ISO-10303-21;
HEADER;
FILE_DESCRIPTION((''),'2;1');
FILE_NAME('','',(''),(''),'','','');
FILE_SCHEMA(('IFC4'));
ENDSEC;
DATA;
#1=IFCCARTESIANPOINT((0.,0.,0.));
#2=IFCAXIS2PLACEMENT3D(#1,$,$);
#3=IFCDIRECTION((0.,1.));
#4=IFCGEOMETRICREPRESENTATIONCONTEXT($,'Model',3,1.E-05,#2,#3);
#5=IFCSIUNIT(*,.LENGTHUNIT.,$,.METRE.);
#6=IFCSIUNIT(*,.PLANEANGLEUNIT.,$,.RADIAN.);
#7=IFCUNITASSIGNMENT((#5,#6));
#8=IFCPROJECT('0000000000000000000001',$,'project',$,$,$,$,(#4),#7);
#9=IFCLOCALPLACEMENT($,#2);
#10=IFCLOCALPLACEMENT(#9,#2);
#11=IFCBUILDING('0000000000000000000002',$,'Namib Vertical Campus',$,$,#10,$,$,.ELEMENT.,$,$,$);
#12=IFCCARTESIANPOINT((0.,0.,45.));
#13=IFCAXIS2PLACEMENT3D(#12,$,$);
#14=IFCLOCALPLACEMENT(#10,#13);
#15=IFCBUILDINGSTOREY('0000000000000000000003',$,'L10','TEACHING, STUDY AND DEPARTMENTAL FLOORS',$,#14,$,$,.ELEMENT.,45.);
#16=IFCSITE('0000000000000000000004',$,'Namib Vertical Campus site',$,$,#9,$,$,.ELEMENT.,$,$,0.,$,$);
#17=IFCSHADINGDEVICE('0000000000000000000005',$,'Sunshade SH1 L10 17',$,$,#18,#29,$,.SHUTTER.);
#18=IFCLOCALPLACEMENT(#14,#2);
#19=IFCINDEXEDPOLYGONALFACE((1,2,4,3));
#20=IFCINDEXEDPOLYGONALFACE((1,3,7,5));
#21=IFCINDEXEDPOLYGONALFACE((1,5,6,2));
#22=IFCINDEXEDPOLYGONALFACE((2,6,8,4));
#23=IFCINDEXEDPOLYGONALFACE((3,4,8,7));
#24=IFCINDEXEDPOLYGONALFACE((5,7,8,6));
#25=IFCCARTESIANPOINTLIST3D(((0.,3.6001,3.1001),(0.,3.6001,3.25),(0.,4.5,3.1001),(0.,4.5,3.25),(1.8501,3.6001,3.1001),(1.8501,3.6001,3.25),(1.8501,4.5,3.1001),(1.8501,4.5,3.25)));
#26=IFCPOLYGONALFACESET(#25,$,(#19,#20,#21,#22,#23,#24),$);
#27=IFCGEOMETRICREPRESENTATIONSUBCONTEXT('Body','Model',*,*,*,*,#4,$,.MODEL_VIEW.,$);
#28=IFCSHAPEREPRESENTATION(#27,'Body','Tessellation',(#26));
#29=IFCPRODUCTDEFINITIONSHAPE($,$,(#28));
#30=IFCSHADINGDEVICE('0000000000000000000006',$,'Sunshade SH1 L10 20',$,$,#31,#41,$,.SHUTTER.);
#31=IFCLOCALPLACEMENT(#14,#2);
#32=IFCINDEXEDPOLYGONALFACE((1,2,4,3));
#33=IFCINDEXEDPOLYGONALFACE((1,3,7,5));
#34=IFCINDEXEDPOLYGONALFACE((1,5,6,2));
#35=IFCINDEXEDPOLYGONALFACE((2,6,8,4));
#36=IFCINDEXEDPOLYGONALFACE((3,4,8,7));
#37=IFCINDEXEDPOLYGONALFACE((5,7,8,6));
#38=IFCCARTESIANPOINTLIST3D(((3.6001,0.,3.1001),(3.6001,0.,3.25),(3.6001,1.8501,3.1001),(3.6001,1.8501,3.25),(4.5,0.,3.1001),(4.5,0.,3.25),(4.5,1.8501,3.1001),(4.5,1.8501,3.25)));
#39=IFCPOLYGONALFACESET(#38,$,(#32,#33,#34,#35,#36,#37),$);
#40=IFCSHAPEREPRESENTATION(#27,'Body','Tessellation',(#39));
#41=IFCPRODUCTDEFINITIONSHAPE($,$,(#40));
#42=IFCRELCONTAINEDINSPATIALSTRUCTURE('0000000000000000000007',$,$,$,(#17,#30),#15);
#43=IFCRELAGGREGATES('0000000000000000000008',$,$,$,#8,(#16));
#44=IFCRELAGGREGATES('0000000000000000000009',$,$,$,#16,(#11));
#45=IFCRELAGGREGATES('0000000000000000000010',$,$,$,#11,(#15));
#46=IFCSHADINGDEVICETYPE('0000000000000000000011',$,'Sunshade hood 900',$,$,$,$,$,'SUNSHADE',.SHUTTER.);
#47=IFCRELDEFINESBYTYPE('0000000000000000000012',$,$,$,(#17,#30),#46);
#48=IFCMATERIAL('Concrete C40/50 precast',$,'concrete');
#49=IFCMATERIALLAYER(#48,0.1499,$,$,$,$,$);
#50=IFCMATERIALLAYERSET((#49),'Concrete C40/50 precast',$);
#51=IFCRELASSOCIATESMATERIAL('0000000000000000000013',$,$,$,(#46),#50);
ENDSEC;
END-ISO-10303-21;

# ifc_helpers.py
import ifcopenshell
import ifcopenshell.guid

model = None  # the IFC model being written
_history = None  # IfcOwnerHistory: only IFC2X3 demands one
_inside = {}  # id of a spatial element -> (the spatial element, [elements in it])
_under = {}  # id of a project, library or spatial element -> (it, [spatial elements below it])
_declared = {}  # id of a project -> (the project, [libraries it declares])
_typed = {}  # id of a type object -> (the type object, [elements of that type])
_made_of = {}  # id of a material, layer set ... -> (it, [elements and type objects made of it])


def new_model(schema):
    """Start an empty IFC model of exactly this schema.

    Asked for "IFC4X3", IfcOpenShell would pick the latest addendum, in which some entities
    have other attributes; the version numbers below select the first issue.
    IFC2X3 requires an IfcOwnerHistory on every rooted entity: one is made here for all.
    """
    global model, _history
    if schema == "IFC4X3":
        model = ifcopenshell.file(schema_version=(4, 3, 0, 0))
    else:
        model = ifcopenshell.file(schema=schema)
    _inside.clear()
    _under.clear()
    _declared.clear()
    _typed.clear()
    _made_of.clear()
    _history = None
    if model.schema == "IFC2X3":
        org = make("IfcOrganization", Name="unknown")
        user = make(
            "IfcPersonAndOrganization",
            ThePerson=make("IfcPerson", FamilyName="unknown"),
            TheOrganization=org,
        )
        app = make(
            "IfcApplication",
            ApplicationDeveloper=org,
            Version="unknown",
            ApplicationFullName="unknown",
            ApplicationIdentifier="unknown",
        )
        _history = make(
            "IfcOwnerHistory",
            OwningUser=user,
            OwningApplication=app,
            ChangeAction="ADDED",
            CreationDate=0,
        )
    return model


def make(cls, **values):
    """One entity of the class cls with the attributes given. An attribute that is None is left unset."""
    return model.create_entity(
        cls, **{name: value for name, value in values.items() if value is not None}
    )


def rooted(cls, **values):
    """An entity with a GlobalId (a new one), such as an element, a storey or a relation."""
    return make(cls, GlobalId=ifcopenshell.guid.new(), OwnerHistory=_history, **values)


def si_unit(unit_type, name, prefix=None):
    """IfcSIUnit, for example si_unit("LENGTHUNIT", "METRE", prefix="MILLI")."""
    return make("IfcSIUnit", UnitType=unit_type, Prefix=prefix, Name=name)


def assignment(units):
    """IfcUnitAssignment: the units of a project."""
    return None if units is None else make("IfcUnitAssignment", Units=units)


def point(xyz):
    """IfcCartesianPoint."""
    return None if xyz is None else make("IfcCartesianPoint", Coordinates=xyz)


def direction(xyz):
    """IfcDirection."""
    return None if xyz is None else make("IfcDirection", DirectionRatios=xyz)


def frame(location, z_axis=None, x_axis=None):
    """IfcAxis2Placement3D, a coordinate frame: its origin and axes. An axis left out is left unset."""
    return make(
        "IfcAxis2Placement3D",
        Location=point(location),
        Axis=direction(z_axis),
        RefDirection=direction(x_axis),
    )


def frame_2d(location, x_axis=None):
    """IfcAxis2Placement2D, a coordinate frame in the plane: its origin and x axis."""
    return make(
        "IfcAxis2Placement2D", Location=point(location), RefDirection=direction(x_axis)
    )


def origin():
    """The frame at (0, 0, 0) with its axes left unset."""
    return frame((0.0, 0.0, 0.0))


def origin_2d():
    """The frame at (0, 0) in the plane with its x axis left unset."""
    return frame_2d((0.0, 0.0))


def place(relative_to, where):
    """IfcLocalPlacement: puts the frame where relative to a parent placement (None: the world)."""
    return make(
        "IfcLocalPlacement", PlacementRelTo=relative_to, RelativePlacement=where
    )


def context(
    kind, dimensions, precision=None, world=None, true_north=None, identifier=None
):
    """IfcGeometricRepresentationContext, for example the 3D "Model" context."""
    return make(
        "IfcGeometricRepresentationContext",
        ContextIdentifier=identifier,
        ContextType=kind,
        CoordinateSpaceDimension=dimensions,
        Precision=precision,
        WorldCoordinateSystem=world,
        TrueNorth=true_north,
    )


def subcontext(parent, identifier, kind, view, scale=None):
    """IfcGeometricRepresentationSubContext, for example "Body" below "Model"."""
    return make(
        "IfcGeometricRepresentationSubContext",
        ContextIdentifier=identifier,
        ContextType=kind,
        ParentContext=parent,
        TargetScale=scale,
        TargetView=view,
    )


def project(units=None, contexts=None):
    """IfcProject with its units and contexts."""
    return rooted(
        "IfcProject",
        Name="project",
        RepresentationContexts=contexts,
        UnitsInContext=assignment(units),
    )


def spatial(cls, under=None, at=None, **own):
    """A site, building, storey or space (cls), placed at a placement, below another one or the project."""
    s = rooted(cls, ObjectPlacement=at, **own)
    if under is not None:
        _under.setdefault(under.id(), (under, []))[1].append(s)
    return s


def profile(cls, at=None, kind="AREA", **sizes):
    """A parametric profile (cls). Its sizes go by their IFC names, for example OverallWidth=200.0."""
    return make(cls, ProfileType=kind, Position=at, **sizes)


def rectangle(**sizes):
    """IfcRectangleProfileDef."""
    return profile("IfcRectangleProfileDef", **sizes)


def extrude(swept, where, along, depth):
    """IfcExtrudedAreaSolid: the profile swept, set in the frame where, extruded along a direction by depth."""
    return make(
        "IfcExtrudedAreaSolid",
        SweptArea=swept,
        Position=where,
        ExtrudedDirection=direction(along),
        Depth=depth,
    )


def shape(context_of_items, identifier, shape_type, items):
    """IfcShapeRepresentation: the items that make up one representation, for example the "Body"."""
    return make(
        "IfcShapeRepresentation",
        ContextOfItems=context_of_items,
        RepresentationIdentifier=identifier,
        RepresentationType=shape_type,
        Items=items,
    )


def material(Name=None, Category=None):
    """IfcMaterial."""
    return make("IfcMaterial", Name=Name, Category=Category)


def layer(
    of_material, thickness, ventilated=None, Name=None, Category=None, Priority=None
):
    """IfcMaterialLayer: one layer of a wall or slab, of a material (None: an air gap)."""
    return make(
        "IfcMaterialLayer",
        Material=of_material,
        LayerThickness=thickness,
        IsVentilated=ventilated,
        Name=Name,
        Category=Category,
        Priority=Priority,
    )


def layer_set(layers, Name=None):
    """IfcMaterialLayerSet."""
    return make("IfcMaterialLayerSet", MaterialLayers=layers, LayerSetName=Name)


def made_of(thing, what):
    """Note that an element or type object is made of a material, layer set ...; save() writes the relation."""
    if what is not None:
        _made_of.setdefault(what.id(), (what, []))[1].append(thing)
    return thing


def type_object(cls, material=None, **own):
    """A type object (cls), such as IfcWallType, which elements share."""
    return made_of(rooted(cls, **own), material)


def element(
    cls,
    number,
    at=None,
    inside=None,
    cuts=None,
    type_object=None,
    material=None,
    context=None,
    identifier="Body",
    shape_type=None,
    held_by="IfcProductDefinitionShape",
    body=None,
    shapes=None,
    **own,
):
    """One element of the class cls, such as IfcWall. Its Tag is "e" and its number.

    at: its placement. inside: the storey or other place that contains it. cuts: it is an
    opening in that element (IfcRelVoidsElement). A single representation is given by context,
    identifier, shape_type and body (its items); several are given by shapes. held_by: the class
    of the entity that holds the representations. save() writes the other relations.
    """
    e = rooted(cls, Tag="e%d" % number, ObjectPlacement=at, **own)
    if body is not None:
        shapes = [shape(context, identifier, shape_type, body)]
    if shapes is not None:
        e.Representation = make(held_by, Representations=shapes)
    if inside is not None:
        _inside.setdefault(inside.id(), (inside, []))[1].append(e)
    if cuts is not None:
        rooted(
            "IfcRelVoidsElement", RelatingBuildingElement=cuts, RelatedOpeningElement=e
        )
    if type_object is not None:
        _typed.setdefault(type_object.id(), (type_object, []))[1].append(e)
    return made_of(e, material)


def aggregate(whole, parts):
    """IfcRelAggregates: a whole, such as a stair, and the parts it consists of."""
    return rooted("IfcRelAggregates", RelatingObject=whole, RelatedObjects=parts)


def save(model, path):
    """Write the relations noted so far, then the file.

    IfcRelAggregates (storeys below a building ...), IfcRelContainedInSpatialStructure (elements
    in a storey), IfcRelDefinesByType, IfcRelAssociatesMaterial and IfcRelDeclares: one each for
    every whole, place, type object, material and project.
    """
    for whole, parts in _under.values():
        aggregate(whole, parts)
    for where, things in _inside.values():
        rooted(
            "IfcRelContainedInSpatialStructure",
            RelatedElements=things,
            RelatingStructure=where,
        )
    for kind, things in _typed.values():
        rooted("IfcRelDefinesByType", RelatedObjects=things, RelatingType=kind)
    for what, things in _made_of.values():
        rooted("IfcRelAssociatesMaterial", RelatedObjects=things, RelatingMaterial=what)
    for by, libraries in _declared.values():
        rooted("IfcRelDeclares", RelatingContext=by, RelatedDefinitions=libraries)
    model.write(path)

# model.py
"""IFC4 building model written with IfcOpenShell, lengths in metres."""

from ifc_helpers import new_model, si_unit, direction, frame, origin, origin_2d, place, context, subcontext, project, spatial, rectangle, extrude, material, layer, layer_set, type_object, element, save


model = new_model("IFC4")

# Units and contexts
model_context = context("Model", 3, precision=1e-05, world=origin(), true_north=direction((0.0, 1.0)))
body_context = subcontext(model_context, "Body", "Model", "MODEL_VIEW")
ifc_project = project(units=[si_unit("LENGTHUNIT", "METRE"), si_unit("PLANEANGLEUNIT", "RADIAN")], contexts=[model_context])

# Site, building, storey
site_placement = place(None, origin())
site = spatial("IfcSite", under=ifc_project, at=site_placement, Name="Namib Vertical Campus site", CompositionType="ELEMENT", RefElevation=0.0)
building_placement = place(site_placement, origin())
building = spatial("IfcBuilding", under=site, at=building_placement, Name="Namib Vertical Campus", CompositionType="ELEMENT")
storey_placement = place(building_placement, frame((0.0, 0.0, 45.0)))
storey = spatial("IfcBuildingStorey", under=building, at=storey_placement, Name="L10", Description="TEACHING, STUDY AND DEPARTMENTAL FLOORS", CompositionType="ELEMENT", Elevation=45.0)

# Shading devices
ifc_material_1 = material(Name="Concrete C40/50 precast", Category="concrete")
ifc_layer_1 = layer(ifc_material_1, 0.1499)
ifc_layer_set_1 = layer_set([ifc_layer_1], Name="Concrete C40/50 precast")
shading_device_type = type_object("IfcShadingDeviceType", Name="Sunshade hood 900", ElementType="SUNSHADE", PredefinedType="SHUTTER", material=ifc_layer_set_1)
for number, where, z_axis, x_axis, name in (
    (1, (0.925, 4.05, 3.1001), (0.0, 0.0, 1.0), (1.0, 0.0, 0.0), "Sunshade SH1 L10 17"),
    (2, (4.05, 0.925, 3.1001), (0.0, 0.0, 1.0), (0.0, -1.0, 0.0), "Sunshade SH1 L10 20"),
):
    element("IfcShadingDevice", number, at=place(storey_placement, frame(where, z_axis=z_axis, x_axis=x_axis)), inside=storey, type_object=shading_device_type, Name=name, PredefinedType="SHUTTER", context=body_context, shape_type="SweptSolid", body=[
        extrude(rectangle(XDim=1.8501, YDim=0.8999, at=origin_2d()), origin(), (0.0, 0.0, 1.0), 0.1499),
    ])

save(model, "model.ifc")
